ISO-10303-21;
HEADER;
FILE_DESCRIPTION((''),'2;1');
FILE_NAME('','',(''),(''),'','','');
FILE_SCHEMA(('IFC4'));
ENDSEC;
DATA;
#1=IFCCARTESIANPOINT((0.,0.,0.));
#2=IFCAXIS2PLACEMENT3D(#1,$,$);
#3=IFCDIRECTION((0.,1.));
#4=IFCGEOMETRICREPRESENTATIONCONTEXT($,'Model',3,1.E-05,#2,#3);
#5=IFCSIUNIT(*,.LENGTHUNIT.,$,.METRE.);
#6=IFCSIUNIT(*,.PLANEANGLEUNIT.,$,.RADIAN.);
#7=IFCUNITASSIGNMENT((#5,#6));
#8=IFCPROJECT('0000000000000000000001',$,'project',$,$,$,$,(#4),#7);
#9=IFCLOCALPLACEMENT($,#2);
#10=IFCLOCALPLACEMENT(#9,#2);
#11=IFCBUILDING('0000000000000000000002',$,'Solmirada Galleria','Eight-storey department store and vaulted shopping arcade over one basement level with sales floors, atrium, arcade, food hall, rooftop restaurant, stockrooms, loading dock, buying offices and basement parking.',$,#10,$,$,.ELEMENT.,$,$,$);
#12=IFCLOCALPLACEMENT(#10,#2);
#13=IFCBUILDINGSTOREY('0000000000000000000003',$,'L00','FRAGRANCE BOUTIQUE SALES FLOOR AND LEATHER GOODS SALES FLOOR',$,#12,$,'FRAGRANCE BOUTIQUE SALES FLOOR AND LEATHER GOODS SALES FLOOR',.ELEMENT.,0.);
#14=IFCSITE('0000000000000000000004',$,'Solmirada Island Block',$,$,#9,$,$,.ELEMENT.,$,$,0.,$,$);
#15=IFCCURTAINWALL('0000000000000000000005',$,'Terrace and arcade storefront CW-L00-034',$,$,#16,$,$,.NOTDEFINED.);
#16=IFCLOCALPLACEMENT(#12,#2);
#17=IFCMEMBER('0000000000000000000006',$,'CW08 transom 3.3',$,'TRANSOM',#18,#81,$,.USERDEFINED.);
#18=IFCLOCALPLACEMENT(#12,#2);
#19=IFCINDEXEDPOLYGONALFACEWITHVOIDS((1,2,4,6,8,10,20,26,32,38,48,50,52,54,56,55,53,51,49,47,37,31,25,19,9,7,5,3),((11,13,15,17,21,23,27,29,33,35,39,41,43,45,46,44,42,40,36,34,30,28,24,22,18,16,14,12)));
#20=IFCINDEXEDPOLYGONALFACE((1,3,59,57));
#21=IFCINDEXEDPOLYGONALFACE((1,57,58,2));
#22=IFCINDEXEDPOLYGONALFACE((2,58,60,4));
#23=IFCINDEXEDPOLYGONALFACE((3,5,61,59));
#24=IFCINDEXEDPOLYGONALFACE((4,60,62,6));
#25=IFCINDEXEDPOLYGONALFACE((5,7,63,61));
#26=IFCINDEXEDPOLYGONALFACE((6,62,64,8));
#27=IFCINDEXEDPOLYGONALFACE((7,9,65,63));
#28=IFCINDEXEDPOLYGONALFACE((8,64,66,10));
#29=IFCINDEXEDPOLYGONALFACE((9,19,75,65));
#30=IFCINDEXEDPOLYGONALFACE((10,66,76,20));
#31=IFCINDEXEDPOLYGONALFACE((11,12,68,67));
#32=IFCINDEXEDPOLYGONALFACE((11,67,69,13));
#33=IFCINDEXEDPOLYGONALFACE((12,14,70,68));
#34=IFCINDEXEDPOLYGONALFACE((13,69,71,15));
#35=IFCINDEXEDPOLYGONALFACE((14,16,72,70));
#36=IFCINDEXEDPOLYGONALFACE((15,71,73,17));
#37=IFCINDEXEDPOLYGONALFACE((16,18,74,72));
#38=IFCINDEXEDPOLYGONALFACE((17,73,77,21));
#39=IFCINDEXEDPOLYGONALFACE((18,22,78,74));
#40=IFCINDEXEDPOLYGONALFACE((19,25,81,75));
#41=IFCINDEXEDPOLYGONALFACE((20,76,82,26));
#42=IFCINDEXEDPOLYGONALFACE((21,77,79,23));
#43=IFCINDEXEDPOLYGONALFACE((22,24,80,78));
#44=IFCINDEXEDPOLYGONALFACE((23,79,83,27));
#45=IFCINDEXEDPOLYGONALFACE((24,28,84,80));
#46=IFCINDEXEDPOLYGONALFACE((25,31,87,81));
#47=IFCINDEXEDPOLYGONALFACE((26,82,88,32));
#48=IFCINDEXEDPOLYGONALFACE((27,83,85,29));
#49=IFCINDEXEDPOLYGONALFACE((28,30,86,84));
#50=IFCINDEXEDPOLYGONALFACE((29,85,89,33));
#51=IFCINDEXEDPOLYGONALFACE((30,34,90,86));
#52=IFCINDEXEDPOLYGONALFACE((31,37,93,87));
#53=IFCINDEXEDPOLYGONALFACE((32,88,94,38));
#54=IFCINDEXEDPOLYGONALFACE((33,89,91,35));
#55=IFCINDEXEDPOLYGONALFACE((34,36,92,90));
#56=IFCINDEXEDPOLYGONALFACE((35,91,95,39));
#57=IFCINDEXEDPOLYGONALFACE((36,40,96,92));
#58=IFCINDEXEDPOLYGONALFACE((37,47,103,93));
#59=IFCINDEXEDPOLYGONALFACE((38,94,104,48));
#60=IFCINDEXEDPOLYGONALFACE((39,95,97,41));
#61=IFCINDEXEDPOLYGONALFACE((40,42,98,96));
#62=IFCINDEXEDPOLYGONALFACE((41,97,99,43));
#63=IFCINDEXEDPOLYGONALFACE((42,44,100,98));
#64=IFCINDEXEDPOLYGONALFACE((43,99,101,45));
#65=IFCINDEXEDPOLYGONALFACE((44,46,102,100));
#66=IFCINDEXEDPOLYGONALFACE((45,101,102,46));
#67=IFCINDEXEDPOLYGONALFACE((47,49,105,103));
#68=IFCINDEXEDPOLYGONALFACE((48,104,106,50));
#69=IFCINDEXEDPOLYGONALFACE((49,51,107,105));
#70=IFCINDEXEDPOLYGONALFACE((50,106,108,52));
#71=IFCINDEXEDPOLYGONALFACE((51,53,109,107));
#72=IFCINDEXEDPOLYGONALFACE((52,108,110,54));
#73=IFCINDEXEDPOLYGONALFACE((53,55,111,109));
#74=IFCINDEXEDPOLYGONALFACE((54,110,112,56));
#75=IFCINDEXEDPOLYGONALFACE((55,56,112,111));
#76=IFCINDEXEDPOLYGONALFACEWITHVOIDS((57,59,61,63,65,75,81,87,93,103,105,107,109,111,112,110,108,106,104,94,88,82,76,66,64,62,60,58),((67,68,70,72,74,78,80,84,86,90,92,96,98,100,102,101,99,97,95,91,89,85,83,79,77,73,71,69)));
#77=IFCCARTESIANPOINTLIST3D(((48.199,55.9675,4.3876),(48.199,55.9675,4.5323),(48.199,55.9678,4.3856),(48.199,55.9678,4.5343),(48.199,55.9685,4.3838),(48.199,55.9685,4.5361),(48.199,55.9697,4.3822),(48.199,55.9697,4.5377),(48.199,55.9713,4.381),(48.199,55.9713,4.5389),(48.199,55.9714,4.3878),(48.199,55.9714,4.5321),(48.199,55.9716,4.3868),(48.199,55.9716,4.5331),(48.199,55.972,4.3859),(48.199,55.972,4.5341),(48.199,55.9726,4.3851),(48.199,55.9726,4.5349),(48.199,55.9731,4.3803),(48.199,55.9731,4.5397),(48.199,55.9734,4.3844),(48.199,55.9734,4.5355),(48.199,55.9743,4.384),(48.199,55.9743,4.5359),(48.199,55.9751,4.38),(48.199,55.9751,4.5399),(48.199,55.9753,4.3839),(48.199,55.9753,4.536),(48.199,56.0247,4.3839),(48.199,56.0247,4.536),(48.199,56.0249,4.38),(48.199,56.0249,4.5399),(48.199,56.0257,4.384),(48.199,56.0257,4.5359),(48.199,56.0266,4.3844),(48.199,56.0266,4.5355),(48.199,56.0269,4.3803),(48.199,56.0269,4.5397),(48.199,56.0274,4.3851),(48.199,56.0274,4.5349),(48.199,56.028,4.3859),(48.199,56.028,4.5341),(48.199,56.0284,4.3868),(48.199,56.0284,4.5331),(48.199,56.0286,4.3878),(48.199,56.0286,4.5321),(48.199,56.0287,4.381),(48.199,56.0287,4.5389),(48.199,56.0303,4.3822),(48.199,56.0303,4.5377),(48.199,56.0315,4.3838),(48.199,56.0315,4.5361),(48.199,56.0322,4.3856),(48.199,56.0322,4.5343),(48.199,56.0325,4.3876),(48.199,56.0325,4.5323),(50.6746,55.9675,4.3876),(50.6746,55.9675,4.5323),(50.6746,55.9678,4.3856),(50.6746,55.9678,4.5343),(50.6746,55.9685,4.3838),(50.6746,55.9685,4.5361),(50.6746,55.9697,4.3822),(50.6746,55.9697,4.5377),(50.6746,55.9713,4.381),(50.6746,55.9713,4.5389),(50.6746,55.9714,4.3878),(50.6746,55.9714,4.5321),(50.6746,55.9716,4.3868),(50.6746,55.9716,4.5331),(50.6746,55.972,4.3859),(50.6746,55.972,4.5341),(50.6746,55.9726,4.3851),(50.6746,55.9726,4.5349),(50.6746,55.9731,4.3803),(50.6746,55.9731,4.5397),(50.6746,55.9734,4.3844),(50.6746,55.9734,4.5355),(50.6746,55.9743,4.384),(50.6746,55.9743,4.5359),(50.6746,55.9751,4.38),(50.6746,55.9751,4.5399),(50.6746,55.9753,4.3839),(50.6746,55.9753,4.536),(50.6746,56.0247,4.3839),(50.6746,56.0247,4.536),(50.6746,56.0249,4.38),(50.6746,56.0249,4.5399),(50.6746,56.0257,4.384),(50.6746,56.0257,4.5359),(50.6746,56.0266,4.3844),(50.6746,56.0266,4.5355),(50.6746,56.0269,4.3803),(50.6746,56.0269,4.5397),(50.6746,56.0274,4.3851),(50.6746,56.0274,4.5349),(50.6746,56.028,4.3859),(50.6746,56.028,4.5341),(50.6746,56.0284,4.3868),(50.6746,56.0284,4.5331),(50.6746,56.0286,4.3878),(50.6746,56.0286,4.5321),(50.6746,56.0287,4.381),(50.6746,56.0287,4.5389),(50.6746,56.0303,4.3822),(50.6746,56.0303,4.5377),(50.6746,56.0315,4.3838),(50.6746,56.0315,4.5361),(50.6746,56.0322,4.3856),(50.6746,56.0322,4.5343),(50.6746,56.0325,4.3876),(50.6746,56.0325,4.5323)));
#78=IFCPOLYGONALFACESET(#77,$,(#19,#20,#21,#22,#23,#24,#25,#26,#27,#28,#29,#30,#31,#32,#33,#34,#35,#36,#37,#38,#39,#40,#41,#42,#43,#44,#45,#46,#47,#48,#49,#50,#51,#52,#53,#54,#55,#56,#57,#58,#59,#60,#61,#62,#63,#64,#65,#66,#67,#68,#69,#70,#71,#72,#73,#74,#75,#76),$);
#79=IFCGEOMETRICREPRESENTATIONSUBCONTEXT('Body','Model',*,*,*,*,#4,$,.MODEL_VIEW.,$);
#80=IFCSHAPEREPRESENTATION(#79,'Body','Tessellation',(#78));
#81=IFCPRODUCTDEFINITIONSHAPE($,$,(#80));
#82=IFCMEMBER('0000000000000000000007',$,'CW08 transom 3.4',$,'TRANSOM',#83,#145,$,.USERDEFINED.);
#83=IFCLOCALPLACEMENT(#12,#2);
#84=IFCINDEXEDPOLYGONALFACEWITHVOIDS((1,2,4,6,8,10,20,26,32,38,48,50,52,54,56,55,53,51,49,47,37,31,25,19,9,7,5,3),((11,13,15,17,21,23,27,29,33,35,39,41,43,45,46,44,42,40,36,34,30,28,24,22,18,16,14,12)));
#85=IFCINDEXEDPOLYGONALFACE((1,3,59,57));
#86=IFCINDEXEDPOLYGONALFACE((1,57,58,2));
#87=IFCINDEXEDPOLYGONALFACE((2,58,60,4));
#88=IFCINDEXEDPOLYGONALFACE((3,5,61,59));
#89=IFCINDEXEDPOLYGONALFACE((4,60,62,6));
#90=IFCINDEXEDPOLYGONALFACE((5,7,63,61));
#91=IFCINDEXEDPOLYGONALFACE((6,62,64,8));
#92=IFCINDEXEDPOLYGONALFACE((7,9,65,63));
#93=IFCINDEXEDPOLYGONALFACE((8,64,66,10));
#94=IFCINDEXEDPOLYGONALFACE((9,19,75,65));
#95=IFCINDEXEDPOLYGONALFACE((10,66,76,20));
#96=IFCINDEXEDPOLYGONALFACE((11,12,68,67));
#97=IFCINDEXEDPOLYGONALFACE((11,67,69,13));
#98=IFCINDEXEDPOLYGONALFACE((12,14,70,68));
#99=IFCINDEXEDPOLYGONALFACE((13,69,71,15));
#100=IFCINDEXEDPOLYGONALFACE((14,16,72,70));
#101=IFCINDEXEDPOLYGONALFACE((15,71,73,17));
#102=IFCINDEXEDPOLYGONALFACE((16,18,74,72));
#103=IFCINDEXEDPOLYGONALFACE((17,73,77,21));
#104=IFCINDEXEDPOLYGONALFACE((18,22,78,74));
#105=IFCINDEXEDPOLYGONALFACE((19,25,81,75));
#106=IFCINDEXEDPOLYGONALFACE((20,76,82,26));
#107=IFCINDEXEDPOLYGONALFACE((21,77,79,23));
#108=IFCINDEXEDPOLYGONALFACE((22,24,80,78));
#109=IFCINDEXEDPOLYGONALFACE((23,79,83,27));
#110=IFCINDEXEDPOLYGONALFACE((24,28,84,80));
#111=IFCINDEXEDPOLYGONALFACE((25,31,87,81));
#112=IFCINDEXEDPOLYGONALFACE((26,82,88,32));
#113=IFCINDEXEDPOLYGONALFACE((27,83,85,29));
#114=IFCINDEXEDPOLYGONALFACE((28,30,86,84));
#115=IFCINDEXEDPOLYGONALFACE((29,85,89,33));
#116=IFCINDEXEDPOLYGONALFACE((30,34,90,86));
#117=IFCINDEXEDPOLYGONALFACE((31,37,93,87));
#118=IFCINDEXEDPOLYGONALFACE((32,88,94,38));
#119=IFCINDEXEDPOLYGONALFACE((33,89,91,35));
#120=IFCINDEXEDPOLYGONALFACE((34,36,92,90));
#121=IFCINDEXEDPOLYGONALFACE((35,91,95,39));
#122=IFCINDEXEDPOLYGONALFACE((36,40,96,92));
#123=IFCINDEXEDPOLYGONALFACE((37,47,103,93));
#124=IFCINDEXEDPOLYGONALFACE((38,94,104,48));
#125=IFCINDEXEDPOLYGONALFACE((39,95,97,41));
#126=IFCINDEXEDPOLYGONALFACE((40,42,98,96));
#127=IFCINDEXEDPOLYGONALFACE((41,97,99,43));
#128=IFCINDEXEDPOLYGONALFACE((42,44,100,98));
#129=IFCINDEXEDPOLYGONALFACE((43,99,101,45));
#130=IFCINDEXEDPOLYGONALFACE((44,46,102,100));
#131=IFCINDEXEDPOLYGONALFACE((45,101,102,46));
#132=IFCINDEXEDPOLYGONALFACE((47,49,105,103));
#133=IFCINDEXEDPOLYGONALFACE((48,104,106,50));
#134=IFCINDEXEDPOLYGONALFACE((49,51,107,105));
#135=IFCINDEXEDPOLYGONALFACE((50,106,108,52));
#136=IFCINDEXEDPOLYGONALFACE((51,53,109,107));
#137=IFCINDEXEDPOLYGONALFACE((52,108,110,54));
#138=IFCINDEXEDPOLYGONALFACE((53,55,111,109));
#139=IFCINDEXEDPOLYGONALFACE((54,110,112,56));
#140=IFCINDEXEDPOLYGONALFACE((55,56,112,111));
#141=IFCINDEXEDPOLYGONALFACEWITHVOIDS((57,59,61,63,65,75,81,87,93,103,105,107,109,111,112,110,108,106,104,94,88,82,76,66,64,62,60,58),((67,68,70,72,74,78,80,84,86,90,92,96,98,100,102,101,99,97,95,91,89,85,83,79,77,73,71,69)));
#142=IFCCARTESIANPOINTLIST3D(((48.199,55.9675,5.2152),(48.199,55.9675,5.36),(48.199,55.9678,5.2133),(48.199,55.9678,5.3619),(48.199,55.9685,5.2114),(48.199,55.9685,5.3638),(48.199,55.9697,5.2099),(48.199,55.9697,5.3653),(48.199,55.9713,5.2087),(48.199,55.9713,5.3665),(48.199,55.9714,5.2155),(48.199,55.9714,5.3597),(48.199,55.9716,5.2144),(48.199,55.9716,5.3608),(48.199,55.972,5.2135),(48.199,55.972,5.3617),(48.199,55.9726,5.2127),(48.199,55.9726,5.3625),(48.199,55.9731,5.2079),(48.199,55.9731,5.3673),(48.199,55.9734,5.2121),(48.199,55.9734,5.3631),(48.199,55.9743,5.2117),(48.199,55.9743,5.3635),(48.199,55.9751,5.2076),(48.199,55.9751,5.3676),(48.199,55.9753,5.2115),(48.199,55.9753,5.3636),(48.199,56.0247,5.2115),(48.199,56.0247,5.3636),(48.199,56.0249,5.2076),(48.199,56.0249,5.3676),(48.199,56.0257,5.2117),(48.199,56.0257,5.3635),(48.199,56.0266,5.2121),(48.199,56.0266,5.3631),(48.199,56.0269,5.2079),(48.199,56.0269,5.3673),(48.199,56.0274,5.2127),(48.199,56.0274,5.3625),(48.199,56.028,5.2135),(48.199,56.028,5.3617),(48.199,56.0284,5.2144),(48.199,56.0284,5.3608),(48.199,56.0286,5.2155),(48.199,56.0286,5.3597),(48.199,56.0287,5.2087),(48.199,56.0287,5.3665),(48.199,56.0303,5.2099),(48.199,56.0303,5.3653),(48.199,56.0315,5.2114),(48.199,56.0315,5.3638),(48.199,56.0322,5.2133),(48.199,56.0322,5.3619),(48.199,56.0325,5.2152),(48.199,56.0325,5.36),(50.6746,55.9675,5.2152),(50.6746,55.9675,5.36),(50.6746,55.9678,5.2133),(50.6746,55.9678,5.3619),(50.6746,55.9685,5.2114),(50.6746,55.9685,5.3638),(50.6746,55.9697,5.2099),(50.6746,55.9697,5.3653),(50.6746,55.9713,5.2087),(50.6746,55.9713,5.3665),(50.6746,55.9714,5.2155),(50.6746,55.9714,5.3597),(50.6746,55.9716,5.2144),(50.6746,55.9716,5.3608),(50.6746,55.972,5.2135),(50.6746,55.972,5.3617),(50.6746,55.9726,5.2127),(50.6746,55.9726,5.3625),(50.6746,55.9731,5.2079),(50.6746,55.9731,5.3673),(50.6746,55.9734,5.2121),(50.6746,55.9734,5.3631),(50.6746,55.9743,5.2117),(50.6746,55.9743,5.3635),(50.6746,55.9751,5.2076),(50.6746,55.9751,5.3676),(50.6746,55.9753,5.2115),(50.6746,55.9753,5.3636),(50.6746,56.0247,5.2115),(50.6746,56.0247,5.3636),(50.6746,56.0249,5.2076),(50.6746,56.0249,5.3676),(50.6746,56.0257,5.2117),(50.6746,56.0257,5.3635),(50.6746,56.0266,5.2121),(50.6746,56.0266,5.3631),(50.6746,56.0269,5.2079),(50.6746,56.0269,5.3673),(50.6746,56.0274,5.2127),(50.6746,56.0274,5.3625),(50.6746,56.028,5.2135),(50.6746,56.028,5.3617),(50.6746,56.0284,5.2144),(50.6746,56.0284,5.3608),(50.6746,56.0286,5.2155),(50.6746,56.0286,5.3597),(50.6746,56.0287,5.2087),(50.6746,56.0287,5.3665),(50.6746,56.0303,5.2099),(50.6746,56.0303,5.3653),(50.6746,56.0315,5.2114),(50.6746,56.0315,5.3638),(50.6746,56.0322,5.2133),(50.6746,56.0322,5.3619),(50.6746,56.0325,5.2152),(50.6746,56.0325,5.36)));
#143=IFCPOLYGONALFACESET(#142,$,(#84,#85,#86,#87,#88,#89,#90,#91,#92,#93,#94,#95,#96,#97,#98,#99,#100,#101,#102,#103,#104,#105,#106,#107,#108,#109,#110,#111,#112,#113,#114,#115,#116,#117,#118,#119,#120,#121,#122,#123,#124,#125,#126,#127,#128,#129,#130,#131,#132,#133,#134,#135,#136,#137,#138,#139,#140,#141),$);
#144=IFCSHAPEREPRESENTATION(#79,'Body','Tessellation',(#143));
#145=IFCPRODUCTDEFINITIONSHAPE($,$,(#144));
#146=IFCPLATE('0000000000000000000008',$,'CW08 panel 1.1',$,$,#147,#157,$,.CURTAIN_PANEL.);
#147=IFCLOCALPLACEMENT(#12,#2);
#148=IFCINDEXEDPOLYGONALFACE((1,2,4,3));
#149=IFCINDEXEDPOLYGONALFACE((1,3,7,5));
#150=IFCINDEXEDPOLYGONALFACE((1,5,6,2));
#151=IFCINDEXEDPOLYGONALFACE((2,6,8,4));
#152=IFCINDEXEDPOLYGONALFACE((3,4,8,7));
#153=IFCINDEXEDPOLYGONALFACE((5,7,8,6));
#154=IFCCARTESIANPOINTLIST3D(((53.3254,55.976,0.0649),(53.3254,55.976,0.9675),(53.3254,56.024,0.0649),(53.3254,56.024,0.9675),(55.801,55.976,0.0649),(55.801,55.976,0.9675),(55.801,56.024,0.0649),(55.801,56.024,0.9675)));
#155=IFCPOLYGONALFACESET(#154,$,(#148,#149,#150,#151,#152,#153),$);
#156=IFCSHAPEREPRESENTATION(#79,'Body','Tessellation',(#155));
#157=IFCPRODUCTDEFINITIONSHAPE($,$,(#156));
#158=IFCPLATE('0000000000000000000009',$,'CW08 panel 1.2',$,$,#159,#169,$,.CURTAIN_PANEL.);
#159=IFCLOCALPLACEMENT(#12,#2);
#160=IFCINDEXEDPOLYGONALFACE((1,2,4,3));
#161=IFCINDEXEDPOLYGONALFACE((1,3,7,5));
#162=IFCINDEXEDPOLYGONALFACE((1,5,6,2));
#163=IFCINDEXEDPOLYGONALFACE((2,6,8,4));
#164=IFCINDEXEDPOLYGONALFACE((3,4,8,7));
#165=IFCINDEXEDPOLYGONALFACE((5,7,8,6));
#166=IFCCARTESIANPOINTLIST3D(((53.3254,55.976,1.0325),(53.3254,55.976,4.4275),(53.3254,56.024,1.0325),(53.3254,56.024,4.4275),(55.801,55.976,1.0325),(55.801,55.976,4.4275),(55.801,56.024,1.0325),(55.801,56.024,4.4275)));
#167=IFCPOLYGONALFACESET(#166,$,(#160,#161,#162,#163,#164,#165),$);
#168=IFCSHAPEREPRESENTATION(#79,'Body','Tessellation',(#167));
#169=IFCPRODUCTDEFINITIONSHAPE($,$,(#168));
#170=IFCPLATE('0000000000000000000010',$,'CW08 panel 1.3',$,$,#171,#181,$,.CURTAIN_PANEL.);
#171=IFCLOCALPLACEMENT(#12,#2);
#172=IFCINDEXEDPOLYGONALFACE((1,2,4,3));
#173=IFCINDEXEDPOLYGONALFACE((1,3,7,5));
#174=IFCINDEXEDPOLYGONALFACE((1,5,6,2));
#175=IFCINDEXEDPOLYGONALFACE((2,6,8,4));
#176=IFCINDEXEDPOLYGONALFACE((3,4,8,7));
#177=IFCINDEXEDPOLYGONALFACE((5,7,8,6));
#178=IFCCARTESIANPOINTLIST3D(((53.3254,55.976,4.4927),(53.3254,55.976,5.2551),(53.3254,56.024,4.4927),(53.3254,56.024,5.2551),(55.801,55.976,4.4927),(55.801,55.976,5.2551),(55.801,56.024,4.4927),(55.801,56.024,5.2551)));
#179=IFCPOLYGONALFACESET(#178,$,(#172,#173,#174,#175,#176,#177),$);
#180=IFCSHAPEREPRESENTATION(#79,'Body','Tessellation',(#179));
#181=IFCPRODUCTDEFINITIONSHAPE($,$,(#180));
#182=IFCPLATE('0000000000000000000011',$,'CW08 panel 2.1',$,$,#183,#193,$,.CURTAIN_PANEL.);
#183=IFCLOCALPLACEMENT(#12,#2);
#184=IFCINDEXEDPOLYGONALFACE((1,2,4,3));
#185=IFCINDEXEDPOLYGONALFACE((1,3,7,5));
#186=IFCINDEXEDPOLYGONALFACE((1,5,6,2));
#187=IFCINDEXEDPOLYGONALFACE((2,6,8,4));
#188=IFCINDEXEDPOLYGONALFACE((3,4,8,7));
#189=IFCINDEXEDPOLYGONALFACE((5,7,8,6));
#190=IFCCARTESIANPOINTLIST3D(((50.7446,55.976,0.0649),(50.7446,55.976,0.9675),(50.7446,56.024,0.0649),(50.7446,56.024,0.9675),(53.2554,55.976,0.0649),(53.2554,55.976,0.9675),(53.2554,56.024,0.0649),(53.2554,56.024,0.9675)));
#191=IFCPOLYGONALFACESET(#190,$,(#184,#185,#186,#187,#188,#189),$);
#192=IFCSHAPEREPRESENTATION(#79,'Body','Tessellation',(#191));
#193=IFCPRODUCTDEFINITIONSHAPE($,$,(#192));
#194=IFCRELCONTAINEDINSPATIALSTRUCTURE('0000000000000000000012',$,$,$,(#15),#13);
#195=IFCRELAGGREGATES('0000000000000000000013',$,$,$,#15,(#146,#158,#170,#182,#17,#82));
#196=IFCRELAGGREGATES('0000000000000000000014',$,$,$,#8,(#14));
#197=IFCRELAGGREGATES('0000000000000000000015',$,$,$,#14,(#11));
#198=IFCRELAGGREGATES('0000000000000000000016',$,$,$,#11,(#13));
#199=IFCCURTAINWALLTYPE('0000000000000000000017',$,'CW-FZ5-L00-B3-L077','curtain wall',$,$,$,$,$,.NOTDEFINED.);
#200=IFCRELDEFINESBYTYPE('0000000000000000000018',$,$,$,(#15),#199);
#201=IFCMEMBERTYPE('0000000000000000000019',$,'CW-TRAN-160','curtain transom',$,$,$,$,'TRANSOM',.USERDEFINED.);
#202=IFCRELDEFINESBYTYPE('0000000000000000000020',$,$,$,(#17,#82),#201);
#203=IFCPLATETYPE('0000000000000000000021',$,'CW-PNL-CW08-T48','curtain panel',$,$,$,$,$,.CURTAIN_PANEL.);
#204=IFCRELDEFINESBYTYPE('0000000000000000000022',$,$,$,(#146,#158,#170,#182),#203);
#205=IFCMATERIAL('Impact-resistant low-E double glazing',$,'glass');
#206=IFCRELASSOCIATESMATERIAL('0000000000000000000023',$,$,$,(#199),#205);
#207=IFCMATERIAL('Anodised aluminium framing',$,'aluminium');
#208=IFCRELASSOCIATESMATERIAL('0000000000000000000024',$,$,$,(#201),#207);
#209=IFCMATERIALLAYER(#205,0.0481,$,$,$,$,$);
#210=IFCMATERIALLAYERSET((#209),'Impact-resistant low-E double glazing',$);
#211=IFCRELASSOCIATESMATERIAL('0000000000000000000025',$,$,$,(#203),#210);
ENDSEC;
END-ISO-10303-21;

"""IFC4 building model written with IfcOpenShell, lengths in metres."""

from ifc_helpers import new_model, si_unit, direction, frame, origin, origin_2d, place, context, subcontext, project, spatial, rectangle, hollow_rectangle, extrude, material, layer, layer_set, material_profile, profile_set, type_object, element, aggregate, save


model = new_model("IFC4")

# Units and contexts
model_context = context("Model", 3, precision=1e-05, world=origin(), true_north=direction((0.0, 1.0)))
body_context = subcontext(model_context, "Body", "Model", "MODEL_VIEW")
ifc_project = project(units=[si_unit("LENGTHUNIT", "METRE"), si_unit("PLANEANGLEUNIT", "RADIAN")], contexts=[model_context])

# Site, building, storey
site_placement = place(None, origin())
site = spatial("IfcSite", under=ifc_project, at=site_placement, Name="Solmirada Island Block", CompositionType="ELEMENT", RefElevation=0.0)
building_placement = place(site_placement, origin())
building = spatial("IfcBuilding", under=site, at=building_placement, Name="Solmirada Galleria", Description="Eight-storey department store and vaulted shopping arcade over one basement level with sales floors, atrium, arcade, food hall, rooftop restaurant, stockrooms, loading dock, buying offices and basement parking.", CompositionType="ELEMENT")
storey_placement = place(building_placement, origin())
storey = spatial("IfcBuildingStorey", under=building, at=storey_placement, Name="L00", Description="FRAGRANCE BOUTIQUE SALES FLOOR AND LEATHER GOODS SALES FLOOR", LongName="FRAGRANCE BOUTIQUE SALES FLOOR AND LEATHER GOODS SALES FLOOR", CompositionType="ELEMENT", Elevation=0.0)

# Curtain wall, members, plates
ifc_material_1 = material(Name="Impact-resistant low-E double glazing", Category="glass")
curtain_wall_type = type_object("IfcCurtainWallType", Name="CW-FZ5-L00-B3-L077", Description="curtain wall", PredefinedType="NOTDEFINED", material=ifc_material_1)
curtain_wall_placement = place(storey_placement, origin())
curtain_wall = element("IfcCurtainWall", 1, at=curtain_wall_placement, inside=storey, type_object=curtain_wall_type, Name="Terrace and arcade storefront CW-L00-034", PredefinedType="NOTDEFINED")
ifc_material_2 = material(Name="Anodised aluminium framing", Category="aluminium")
ifc_material_profile_1 = material_profile(ifc_material_2, hollow_rectangle(XDim=0.0649, YDim=0.1599, WallThickness=0.0039, InnerFilletRadius=0.0039, OuterFilletRadius=0.0076, at=origin_2d()), Name="ALU-TRAN-160X65")
ifc_profile_set_1 = profile_set([ifc_material_profile_1], Name="Anodised aluminium framing")
member_type_1 = type_object("IfcMemberType", Name="CW-TRAN-160", Description="curtain transom", ElementType="TRANSOM", PredefinedType="USERDEFINED", material=ifc_profile_set_1)
member_1_placement = place(storey_placement, frame((50.6746, 56.0, 4.46), z_axis=(-1.0, 0.0, 0.0), x_axis=(0.0, -1.0, 0.0)))
member_1 = element("IfcMember", 2, at=member_1_placement, type_object=member_type_1, Name="CW08 transom 3.3", ObjectType="TRANSOM", PredefinedType="USERDEFINED", context=body_context, shape_type="SweptSolid", body=[
    extrude(hollow_rectangle(XDim=0.0649, YDim=0.1599, WallThickness=0.0039, InnerFilletRadius=0.0039, OuterFilletRadius=0.0076, at=origin_2d()), origin(), (0.0, 0.0, 1.0), 2.4756),
])
member_2_placement = place(storey_placement, frame((50.6746, 56.0, 5.2876), z_axis=(-1.0, 0.0, 0.0), x_axis=(0.0, -1.0, 0.0)))
member_2 = element("IfcMember", 3, at=member_2_placement, type_object=member_type_1, Name="CW08 transom 3.4", ObjectType="TRANSOM", PredefinedType="USERDEFINED", context=body_context, shape_type="SweptSolid", body=[
    extrude(hollow_rectangle(XDim=0.0649, YDim=0.1599, WallThickness=0.0039, InnerFilletRadius=0.0039, OuterFilletRadius=0.0076, at=origin_2d()), origin(), (0.0, 0.0, 1.0), 2.4756),
])
ifc_layer_1 = layer(ifc_material_1, 0.0481)
ifc_layer_set_1 = layer_set([ifc_layer_1], Name="Impact-resistant low-E double glazing")
plate_type = type_object("IfcPlateType", Name="CW-PNL-CW08-T48", Description="curtain panel", PredefinedType="CURTAIN_PANEL", material=ifc_layer_set_1)
plate_1_placement = place(storey_placement, frame((54.5632, 56.0, 0.0649), z_axis=(0.0, 0.0, 1.0), x_axis=(-1.0, 0.0, 0.0)))
plate_1 = element("IfcPlate", 4, at=plate_1_placement, type_object=plate_type, Name="CW08 panel 1.1", PredefinedType="CURTAIN_PANEL", context=body_context, shape_type="SweptSolid", body=[
    extrude(rectangle(XDim=2.4756, YDim=0.0481, at=origin_2d()), origin(), (0.0, 0.0, 1.0), 0.9026),
])
plate_2_placement = place(storey_placement, frame((54.5632, 56.0, 1.0325), z_axis=(0.0, 0.0, 1.0), x_axis=(-1.0, 0.0, 0.0)))
plate_2 = element("IfcPlate", 5, at=plate_2_placement, type_object=plate_type, Name="CW08 panel 1.2", PredefinedType="CURTAIN_PANEL", context=body_context, shape_type="SweptSolid", body=[
    extrude(rectangle(XDim=2.4756, YDim=0.0481, at=origin_2d()), origin(), (0.0, 0.0, 1.0), 3.395),
])
plate_3_placement = place(storey_placement, frame((54.5632, 56.0, 4.4927), z_axis=(0.0, 0.0, 1.0), x_axis=(-1.0, 0.0, 0.0)))
plate_3 = element("IfcPlate", 6, at=plate_3_placement, type_object=plate_type, Name="CW08 panel 1.3", PredefinedType="CURTAIN_PANEL", context=body_context, shape_type="SweptSolid", body=[
    extrude(rectangle(XDim=2.4756, YDim=0.0481, at=origin_2d()), origin(), (0.0, 0.0, 1.0), 0.7625),
])
plate_4_placement = place(storey_placement, frame((52.0, 56.0, 0.0649), z_axis=(0.0, 0.0, 1.0), x_axis=(-1.0, 0.0, 0.0)))
plate_4 = element("IfcPlate", 7, at=plate_4_placement, type_object=plate_type, Name="CW08 panel 2.1", PredefinedType="CURTAIN_PANEL", context=body_context, shape_type="SweptSolid", body=[
    extrude(rectangle(XDim=2.5107, YDim=0.0481, at=origin_2d()), origin(), (0.0, 0.0, 1.0), 0.9026),
])
aggregate(curtain_wall, [plate_1, plate_2, plate_3, plate_4, member_1, member_2])

save(model, "model.ifc")
